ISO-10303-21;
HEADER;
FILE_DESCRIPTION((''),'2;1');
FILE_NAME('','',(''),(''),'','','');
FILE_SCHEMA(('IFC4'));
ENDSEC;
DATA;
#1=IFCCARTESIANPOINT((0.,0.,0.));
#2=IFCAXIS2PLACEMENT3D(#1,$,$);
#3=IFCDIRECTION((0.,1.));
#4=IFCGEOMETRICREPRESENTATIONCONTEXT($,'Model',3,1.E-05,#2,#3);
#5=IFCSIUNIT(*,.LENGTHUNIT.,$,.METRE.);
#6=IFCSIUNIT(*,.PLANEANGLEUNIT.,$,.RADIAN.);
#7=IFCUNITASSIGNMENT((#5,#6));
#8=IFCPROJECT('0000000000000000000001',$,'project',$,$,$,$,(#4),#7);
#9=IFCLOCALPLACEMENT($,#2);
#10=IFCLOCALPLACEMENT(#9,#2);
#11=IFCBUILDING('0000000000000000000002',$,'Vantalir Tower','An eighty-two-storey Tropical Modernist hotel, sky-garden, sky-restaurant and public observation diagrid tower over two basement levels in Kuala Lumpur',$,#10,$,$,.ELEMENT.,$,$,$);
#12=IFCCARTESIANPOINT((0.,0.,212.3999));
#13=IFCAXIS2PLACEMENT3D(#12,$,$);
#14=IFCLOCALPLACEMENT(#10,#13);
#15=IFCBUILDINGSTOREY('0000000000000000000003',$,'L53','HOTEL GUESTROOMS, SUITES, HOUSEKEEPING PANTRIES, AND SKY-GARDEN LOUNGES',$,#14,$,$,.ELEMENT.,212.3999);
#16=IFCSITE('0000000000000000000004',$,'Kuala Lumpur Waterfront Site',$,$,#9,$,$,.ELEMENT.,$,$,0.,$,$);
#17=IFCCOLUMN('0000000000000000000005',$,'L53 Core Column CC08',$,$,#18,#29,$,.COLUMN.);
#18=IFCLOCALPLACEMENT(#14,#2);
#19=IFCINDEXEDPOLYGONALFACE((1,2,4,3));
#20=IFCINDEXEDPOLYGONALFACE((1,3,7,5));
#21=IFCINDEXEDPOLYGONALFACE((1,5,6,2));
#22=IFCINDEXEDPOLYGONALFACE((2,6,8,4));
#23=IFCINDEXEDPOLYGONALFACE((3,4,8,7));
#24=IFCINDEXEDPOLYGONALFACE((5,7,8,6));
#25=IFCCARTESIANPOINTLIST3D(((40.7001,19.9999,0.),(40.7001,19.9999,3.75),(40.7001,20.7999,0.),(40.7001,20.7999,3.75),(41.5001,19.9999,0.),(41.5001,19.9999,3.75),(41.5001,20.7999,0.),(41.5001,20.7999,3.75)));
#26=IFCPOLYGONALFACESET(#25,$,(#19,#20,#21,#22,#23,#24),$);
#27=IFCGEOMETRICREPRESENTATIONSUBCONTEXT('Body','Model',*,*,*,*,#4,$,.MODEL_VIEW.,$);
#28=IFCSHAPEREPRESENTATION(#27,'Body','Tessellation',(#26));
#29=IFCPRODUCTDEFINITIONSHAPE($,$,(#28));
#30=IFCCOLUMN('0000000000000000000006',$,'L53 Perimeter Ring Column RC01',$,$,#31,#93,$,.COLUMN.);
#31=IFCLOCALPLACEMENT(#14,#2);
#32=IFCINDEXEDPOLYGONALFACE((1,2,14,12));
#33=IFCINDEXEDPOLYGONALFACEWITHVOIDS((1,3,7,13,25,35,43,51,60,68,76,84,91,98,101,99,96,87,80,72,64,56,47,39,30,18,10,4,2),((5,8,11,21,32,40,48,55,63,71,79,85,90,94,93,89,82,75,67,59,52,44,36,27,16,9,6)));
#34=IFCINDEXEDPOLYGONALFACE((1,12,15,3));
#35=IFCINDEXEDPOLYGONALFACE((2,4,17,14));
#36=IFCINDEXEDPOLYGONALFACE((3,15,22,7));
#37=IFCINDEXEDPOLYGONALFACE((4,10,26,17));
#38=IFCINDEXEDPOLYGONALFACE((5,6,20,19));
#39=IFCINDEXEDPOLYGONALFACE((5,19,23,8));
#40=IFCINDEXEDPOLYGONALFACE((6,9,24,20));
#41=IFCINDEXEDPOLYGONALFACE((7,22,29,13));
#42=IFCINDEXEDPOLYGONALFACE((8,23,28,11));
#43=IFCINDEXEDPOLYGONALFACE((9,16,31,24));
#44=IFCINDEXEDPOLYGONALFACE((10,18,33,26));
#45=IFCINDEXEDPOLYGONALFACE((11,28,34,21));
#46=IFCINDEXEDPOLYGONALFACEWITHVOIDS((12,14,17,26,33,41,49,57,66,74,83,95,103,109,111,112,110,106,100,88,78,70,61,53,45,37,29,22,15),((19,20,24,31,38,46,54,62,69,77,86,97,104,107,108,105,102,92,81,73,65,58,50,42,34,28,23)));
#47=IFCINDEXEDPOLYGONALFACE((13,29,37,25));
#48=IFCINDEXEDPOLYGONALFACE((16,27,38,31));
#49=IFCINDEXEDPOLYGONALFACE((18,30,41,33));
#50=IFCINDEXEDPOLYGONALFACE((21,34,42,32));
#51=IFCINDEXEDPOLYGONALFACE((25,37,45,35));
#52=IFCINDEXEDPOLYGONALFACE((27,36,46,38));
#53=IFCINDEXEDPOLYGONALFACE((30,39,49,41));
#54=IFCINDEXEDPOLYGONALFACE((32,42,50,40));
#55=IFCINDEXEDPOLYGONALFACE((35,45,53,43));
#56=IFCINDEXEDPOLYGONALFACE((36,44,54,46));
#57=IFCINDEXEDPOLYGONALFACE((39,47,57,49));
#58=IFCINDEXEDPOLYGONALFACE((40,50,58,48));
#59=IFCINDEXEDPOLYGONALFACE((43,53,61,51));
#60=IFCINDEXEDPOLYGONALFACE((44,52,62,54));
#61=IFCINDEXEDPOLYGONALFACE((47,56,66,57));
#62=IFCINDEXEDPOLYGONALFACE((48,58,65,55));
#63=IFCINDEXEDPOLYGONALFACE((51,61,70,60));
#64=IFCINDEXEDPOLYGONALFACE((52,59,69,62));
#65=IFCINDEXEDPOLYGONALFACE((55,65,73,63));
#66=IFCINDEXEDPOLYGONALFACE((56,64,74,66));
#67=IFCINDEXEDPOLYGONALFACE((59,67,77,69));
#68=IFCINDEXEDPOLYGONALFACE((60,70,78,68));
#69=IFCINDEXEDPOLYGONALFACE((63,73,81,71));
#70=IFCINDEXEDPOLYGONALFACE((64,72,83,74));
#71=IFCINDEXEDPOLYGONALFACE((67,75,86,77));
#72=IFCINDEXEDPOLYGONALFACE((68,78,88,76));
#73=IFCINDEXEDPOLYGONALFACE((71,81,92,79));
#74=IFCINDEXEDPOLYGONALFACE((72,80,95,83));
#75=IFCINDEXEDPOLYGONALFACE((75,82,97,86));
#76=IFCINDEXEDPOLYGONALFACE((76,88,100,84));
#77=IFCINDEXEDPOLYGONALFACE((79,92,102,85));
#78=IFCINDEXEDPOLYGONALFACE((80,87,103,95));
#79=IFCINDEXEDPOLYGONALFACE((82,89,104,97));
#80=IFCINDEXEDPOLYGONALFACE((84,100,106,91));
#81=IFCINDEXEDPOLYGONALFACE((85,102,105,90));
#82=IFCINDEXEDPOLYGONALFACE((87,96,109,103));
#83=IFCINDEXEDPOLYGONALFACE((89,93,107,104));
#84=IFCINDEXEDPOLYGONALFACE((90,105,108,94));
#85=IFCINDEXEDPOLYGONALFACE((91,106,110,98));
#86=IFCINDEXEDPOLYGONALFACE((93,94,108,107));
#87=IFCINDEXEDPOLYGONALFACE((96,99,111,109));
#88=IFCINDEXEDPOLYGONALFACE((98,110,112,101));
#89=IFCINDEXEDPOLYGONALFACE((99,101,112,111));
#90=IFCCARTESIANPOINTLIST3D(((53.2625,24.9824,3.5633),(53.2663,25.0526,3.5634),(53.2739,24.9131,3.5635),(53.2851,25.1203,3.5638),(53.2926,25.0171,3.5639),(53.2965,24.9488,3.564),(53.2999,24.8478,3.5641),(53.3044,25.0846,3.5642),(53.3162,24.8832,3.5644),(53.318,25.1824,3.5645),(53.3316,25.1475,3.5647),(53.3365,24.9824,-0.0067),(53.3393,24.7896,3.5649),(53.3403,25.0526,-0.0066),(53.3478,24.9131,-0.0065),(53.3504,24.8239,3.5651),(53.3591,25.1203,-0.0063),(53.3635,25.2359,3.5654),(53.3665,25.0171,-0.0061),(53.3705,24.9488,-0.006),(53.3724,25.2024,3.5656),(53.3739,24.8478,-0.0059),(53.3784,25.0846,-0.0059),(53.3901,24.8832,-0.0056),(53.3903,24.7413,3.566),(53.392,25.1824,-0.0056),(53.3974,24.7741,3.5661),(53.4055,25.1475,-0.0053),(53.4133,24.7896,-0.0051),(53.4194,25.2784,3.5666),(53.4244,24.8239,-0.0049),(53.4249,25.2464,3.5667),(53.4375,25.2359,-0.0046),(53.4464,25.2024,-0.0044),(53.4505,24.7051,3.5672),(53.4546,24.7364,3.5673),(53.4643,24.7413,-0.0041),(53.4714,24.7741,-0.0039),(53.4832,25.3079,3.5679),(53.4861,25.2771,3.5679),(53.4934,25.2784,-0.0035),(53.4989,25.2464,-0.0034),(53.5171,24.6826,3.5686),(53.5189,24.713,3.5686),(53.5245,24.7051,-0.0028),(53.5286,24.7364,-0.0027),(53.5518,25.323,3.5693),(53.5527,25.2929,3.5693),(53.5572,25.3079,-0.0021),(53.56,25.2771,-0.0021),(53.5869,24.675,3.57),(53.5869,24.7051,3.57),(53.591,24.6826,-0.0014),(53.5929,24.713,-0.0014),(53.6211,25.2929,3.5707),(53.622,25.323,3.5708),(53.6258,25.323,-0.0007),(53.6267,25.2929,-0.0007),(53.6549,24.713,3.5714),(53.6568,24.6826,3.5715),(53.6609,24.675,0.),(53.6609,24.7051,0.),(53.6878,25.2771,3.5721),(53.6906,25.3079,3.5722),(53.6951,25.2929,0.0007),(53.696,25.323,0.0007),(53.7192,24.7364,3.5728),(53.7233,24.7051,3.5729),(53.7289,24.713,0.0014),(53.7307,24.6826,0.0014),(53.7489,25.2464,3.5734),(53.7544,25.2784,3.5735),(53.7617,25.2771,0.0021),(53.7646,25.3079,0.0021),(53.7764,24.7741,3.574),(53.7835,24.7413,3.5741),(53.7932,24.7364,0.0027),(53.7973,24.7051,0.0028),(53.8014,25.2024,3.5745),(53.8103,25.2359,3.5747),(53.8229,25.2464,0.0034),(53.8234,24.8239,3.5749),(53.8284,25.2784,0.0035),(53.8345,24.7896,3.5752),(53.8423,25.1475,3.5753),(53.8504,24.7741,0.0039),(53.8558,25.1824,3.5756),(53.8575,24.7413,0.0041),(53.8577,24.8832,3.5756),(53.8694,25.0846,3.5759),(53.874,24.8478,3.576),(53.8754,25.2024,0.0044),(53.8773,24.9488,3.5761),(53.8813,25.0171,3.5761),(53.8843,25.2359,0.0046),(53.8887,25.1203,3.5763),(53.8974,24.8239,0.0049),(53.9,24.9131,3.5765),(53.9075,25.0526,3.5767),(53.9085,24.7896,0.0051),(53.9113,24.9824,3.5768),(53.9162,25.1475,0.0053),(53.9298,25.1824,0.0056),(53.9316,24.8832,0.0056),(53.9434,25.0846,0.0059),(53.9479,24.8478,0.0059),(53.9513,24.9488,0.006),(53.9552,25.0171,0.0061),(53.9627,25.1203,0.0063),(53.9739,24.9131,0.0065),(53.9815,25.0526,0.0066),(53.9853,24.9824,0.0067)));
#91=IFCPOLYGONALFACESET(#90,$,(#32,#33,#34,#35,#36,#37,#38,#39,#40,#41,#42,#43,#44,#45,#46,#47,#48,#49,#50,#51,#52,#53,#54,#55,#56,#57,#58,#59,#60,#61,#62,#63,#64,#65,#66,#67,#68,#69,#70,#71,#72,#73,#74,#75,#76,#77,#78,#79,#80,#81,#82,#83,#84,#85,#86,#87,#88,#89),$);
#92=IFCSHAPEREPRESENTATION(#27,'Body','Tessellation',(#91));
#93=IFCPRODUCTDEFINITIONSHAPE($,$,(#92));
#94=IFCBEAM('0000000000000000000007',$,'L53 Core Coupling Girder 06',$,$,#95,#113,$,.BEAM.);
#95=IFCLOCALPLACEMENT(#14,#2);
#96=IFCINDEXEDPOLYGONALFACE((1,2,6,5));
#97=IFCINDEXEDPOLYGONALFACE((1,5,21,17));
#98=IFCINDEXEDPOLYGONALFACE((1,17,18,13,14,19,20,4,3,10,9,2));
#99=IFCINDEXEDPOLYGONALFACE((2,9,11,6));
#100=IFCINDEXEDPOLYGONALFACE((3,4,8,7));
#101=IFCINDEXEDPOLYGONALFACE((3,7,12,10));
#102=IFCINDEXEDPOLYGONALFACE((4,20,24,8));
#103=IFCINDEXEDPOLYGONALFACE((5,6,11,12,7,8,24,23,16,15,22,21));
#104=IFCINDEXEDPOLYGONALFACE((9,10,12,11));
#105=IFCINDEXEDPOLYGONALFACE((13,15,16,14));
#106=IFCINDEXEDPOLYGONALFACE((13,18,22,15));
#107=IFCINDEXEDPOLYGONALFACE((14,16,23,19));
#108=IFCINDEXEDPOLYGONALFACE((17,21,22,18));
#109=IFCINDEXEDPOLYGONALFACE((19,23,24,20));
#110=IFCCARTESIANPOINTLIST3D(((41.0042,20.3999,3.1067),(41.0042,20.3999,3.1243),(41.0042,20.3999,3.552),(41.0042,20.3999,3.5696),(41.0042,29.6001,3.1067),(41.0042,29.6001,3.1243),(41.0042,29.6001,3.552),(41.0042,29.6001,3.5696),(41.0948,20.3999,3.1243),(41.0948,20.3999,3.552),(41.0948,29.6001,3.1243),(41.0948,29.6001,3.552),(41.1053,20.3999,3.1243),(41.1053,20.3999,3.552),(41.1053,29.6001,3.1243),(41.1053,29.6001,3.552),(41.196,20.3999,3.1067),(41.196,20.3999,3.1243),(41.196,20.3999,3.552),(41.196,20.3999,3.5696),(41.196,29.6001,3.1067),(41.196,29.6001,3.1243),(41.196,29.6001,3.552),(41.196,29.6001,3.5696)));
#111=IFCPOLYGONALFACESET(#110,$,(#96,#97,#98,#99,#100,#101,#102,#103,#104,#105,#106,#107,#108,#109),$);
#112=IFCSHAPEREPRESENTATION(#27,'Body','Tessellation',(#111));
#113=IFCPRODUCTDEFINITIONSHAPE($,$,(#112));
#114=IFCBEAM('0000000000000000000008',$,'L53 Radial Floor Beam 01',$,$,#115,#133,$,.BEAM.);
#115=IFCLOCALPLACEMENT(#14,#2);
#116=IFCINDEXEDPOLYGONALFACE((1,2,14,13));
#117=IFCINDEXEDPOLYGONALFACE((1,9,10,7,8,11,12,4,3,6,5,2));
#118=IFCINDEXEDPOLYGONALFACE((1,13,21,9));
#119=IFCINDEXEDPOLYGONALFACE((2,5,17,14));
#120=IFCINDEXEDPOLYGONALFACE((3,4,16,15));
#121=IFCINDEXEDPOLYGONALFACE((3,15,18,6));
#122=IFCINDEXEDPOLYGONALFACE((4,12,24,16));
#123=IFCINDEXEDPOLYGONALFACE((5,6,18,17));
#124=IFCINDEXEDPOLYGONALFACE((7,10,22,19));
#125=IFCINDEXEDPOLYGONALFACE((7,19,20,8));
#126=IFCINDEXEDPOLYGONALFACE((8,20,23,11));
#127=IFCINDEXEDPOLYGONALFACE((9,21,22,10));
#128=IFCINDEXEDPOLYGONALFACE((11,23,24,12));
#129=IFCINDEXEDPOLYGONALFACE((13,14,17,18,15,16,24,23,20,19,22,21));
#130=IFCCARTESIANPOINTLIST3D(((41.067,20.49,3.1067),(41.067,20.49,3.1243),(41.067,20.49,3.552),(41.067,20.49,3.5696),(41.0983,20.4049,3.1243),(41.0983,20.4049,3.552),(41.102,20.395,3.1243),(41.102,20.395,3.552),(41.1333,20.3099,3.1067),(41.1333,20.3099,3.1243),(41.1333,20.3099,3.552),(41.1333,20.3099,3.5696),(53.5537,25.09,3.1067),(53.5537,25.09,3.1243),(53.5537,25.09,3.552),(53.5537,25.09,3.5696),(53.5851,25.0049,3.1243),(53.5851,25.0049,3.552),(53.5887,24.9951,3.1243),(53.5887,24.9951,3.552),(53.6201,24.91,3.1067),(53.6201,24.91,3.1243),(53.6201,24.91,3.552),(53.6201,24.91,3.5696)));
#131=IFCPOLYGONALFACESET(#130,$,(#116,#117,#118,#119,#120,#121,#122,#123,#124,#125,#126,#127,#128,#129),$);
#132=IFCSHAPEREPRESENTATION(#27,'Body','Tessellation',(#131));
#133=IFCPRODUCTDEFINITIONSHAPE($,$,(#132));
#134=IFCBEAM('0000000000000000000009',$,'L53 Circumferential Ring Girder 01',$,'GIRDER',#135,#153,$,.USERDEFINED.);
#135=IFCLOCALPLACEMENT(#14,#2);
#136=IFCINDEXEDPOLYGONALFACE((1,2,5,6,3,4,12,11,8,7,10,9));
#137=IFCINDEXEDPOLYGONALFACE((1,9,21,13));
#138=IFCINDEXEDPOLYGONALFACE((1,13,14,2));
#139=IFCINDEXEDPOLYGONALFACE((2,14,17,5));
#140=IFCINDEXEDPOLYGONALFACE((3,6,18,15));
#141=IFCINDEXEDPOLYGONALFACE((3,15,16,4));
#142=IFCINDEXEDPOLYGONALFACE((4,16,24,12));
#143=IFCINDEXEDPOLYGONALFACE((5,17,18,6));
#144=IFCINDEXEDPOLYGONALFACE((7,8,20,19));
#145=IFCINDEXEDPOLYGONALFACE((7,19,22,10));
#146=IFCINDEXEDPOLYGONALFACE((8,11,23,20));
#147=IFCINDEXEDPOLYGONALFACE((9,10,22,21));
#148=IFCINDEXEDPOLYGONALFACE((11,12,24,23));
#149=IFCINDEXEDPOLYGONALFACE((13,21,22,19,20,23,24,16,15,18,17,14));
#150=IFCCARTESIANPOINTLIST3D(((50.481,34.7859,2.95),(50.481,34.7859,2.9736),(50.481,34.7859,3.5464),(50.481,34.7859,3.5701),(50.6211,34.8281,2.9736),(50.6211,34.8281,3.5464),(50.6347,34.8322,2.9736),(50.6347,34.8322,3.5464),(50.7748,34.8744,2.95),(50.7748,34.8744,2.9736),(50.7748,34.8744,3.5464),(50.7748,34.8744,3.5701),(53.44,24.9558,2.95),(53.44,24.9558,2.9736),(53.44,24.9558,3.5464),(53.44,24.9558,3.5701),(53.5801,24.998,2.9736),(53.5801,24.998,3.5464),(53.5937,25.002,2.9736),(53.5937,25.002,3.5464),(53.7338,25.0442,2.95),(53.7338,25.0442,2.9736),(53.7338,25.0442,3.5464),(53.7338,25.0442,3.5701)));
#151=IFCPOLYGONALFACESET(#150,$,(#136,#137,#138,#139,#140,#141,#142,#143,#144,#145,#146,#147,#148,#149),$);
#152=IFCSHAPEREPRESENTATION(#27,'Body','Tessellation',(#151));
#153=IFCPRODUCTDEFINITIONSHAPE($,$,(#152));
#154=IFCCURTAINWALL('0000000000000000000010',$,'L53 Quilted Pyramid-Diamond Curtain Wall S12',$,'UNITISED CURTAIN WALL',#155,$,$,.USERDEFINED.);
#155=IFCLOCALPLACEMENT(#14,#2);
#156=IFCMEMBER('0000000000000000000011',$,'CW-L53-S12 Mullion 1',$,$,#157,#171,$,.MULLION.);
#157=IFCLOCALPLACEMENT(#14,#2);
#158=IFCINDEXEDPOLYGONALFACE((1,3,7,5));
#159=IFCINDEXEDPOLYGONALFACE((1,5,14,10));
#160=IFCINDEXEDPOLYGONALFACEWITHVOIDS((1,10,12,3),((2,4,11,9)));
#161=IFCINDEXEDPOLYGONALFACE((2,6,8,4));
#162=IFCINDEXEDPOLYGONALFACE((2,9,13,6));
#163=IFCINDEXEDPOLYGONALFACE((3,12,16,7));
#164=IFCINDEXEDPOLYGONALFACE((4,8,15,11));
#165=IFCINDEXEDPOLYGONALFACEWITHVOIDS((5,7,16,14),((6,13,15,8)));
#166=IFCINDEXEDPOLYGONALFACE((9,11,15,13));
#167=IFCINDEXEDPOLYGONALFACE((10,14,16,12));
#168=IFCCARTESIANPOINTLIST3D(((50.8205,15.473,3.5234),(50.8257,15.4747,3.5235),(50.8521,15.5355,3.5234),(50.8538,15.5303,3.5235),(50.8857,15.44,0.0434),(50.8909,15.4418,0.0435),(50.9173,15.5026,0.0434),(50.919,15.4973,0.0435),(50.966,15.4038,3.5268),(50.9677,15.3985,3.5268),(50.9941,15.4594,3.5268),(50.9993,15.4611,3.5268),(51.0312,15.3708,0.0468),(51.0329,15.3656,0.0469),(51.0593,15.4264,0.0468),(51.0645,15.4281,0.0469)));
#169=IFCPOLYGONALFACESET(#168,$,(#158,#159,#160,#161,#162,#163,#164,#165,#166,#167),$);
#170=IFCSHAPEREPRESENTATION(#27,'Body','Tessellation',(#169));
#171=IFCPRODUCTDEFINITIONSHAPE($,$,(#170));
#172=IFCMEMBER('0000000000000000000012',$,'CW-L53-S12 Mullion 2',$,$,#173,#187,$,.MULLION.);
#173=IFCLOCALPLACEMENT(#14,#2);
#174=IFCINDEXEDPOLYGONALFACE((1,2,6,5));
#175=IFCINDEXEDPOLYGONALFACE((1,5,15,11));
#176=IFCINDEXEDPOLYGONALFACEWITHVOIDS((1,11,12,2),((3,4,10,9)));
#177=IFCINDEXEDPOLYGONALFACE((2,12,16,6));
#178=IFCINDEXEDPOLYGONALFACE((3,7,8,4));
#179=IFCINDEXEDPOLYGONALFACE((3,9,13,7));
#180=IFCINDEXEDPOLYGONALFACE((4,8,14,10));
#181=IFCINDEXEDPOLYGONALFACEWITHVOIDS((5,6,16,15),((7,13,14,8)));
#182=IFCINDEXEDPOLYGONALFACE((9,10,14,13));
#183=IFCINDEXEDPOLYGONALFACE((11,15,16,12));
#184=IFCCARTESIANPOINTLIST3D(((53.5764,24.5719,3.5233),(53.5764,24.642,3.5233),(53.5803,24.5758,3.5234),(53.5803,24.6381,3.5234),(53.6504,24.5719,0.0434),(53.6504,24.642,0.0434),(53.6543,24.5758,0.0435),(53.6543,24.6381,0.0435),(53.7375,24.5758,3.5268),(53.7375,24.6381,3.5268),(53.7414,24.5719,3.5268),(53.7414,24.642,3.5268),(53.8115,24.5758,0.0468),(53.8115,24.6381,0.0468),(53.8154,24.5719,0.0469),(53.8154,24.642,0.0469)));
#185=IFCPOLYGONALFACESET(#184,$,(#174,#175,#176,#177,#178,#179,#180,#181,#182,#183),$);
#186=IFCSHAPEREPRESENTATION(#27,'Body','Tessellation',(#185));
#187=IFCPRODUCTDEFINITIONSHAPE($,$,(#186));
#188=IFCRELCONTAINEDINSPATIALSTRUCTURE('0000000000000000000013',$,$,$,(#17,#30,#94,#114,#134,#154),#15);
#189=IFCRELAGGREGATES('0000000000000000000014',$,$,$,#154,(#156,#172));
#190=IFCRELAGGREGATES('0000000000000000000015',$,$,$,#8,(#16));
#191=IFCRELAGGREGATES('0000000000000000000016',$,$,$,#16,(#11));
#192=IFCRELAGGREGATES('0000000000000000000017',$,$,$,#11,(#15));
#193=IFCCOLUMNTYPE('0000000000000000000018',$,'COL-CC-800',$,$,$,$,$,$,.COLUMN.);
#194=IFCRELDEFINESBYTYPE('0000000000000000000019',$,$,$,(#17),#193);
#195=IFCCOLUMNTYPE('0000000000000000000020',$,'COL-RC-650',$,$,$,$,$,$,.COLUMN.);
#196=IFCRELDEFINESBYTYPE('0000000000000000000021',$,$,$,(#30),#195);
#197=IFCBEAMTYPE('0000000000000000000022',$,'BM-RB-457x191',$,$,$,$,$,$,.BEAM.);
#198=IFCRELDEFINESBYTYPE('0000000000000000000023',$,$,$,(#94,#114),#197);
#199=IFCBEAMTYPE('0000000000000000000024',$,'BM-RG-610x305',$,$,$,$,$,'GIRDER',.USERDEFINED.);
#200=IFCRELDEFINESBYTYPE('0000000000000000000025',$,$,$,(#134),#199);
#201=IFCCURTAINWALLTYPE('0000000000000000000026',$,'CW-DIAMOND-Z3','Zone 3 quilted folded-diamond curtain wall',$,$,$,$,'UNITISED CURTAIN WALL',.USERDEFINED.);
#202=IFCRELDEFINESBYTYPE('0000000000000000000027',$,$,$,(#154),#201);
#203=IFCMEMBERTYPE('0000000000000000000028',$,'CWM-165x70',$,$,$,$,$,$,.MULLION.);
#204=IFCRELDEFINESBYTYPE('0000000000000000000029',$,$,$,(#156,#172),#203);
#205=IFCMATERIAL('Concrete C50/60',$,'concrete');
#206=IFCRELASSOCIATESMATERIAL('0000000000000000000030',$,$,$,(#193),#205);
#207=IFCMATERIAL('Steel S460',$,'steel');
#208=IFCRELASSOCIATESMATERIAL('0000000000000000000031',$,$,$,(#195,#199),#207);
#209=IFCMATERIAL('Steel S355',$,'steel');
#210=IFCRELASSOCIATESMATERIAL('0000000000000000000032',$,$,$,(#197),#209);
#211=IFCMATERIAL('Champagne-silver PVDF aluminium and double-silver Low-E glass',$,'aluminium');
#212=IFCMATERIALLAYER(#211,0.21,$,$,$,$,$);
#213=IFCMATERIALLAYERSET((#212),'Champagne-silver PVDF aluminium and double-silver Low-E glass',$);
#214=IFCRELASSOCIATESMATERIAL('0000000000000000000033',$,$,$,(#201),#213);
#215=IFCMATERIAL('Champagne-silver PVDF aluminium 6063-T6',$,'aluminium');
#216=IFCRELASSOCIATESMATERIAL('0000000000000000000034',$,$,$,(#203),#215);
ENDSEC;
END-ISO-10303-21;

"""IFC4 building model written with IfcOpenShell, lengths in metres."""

from ifc_helpers import new_model, si_unit, direction, frame, origin, origin_2d, place, context, subcontext, project, spatial, rectangle, hollow_rectangle, hollow_circle, i_section, extrude, material, layer, layer_set, material_profile, profile_set, type_object, element, aggregate, save


model = new_model("IFC4")

# Units and contexts
model_context = context("Model", 3, precision=1e-05, world=origin(), true_north=direction((0.0, 1.0)))
body_context = subcontext(model_context, "Body", "Model", "MODEL_VIEW")
ifc_project = project(units=[si_unit("LENGTHUNIT", "METRE"), si_unit("PLANEANGLEUNIT", "RADIAN")], contexts=[model_context])

# Site, building, storey
site_placement = place(None, origin())
site = spatial("IfcSite", under=ifc_project, at=site_placement, Name="Kuala Lumpur Waterfront Site", CompositionType="ELEMENT", RefElevation=0.0)
building_placement = place(site_placement, origin())
building = spatial("IfcBuilding", under=site, at=building_placement, Name="Vantalir Tower", Description="An eighty-two-storey Tropical Modernist hotel, sky-garden, sky-restaurant and public observation diagrid tower over two basement levels in Kuala Lumpur", CompositionType="ELEMENT")
storey_placement = place(building_placement, frame((0.0, 0.0, 212.3999)))
storey = spatial("IfcBuildingStorey", under=building, at=storey_placement, Name="L53", Description="HOTEL GUESTROOMS, SUITES, HOUSEKEEPING PANTRIES, AND SKY-GARDEN LOUNGES", CompositionType="ELEMENT", Elevation=212.3999)

# Columns
ifc_material_1 = material(Name="Concrete C50/60", Category="concrete")
ifc_material_profile_1 = material_profile(ifc_material_1, rectangle(XDim=0.8, YDim=0.8, at=origin_2d()), Name="Concrete C50/60")
ifc_profile_set_1 = profile_set([ifc_material_profile_1], Name="Concrete C50/60")
column_type_1 = type_object("IfcColumnType", Name="COL-CC-800", PredefinedType="COLUMN", material=ifc_profile_set_1)
column_1_placement = place(storey_placement, frame((41.1001, 20.3999, 0.0), z_axis=(0.0, 0.0, 1.0), x_axis=(1.0, 0.0, 0.0)))
element("IfcColumn", 1, at=column_1_placement, inside=storey, type_object=column_type_1, Name="L53 Core Column CC08", PredefinedType="COLUMN", context=body_context, shape_type="SweptSolid", body=[
    extrude(rectangle(XDim=0.8, YDim=0.8, at=origin_2d()), origin(), (0.0, 0.0, 1.0), 3.75),
])
ifc_material_2 = material(Name="Steel S460", Category="steel")
ifc_material_profile_2 = material_profile(ifc_material_2, hollow_circle(Radius=0.325, WallThickness=0.03, at=origin_2d()), Name="Steel S460")
ifc_profile_set_2 = profile_set([ifc_material_profile_2], Name="Steel S460")
column_type_2 = type_object("IfcColumnType", Name="COL-RC-650", PredefinedType="COLUMN", material=ifc_profile_set_2)
column_2_placement = place(storey_placement, frame((53.6609, 25.0, 0.0), z_axis=(-0.020716, 0.0, 0.999785), x_axis=(0.0, -1.0, 0.0)))
element("IfcColumn", 2, at=column_2_placement, inside=storey, type_object=column_type_2, Name="L53 Perimeter Ring Column RC01", PredefinedType="COLUMN", context=body_context, shape_type="SweptSolid", body=[
    extrude(hollow_circle(Radius=0.325, WallThickness=0.03, at=origin_2d()), origin(), (0.0, 0.0, 1.0), 3.5708),
])

# Beams
ifc_material_3 = material(Name="Steel S355", Category="steel")
ifc_material_profile_3 = material_profile(ifc_material_3, i_section(OverallWidth=0.1919, OverallDepth=0.4629, WebThickness=0.0105, FlangeThickness=0.0176, at=origin_2d()), Name="Steel S355")
ifc_profile_set_3 = profile_set([ifc_material_profile_3], Name="Steel S355")
beam_type_1 = type_object("IfcBeamType", Name="BM-RB-457x191", PredefinedType="BEAM", material=ifc_profile_set_3)
beam_1_placement = place(storey_placement, frame((41.1001, 20.3999, 3.3381), z_axis=(0.0, 1.0, 0.0), x_axis=(-1.0, 0.0, 0.0)))
element("IfcBeam", 3, at=beam_1_placement, inside=storey, type_object=beam_type_1, Name="L53 Core Coupling Girder 06", PredefinedType="BEAM", context=body_context, shape_type="SweptSolid", body=[
    extrude(i_section(OverallWidth=0.1919, OverallDepth=0.4629, WebThickness=0.0105, FlangeThickness=0.0176, at=origin_2d()), origin(), (0.0, 0.0, 1.0), 9.2002),
])
beam_2_placement = place(storey_placement, frame((53.5869, 25.0, 3.3381), z_axis=(-0.938351, -0.345685, 0.0), x_axis=(0.345685, -0.938351, 0.0)))
element("IfcBeam", 4, at=beam_2_placement, inside=storey, type_object=beam_type_1, Name="L53 Radial Floor Beam 01", PredefinedType="BEAM", context=body_context, shape_type="SweptSolid", body=[
    extrude(i_section(OverallWidth=0.1919, OverallDepth=0.4629, WebThickness=0.0105, FlangeThickness=0.0176, at=origin_2d()), origin(), (0.0, 0.0, 1.0), 13.3071),
])
ifc_material_profile_4 = material_profile(ifc_material_2, i_section(OverallWidth=0.3069, OverallDepth=0.6201, WebThickness=0.0142, FlangeThickness=0.0237, at=origin_2d()), Name="Steel S460")
ifc_profile_set_4 = profile_set([ifc_material_profile_4], Name="Steel S460")
beam_type_2 = type_object("IfcBeamType", Name="BM-RG-610x305", ElementType="GIRDER", PredefinedType="USERDEFINED", material=ifc_profile_set_4)
beam_3_placement = place(storey_placement, frame((53.5869, 25.0, 3.26), z_axis=(-0.288238, 0.957559, 0.0), x_axis=(-0.957559, -0.288238, 0.0)))
element("IfcBeam", 5, at=beam_3_placement, inside=storey, type_object=beam_type_2, Name="L53 Circumferential Ring Girder 01", ObjectType="GIRDER", PredefinedType="USERDEFINED", context=body_context, shape_type="SweptSolid", body=[
    extrude(i_section(OverallWidth=0.3069, OverallDepth=0.6201, WebThickness=0.0142, FlangeThickness=0.0237, at=origin_2d()), origin(), (0.0, 0.0, 1.0), 10.2659),
])

# Curtain wall, members
ifc_material_4 = material(Name="Champagne-silver PVDF aluminium and double-silver Low-E glass", Category="aluminium")
ifc_layer_1 = layer(ifc_material_4, 0.21)
ifc_layer_set_1 = layer_set([ifc_layer_1], Name="Champagne-silver PVDF aluminium and double-silver Low-E glass")
curtain_wall_type = type_object("IfcCurtainWallType", Name="CW-DIAMOND-Z3", Description="Zone 3 quilted folded-diamond curtain wall", ElementType="UNITISED CURTAIN WALL", PredefinedType="USERDEFINED", material=ifc_layer_set_1)
curtain_wall_1_placement = place(storey_placement, origin())
curtain_wall_1 = element("IfcCurtainWall", 6, at=curtain_wall_1_placement, inside=storey, type_object=curtain_wall_type, Name="L53 Quilted Pyramid-Diamond Curtain Wall S12", ObjectType="UNITISED CURTAIN WALL", PredefinedType="USERDEFINED")
ifc_material_5 = material(Name="Champagne-silver PVDF aluminium 6063-T6", Category="aluminium")
ifc_material_profile_5 = material_profile(ifc_material_5, hollow_rectangle(XDim=0.0701, YDim=0.165, WallThickness=0.0039, at=origin_2d()), Name="Champagne-silver PVDF aluminium 6063-T6")
ifc_profile_set_5 = profile_set([ifc_material_profile_5], Name="Champagne-silver PVDF aluminium 6063-T6")
member_type_1 = type_object("IfcMemberType", Name="CWM-165x70", PredefinedType="MULLION", material=ifc_profile_set_5)
member_1_placement = place(storey_placement, frame((50.9751, 15.4341, 0.0452), z_axis=(-0.018727, 0.009469, 0.99978), x_axis=(-0.45122, -0.892413, 0.0)))
member_1 = element("IfcMember", 7, at=member_1_placement, type_object=member_type_1, Name="CW-L53-S12 Mullion 1", PredefinedType="MULLION", context=body_context, shape_type="SweptSolid", body=[
    extrude(hollow_rectangle(XDim=0.0701, YDim=0.165, WallThickness=0.0039, at=origin_2d()), origin(), (0.0, 0.0, 1.0), 3.4807),
])
member_2_placement = place(storey_placement, frame((53.7329, 24.6069, 0.0452), z_axis=(-0.021252, 0.0, 0.999774), x_axis=(0.0, -1.0, 0.0)))
member_2 = element("IfcMember", 8, at=member_2_placement, type_object=member_type_1, Name="CW-L53-S12 Mullion 2", PredefinedType="MULLION", context=body_context, shape_type="SweptSolid", body=[
    extrude(hollow_rectangle(XDim=0.0701, YDim=0.165, WallThickness=0.0039, at=origin_2d()), origin(), (0.0, 0.0, 1.0), 3.4807),
])

aggregate(curtain_wall_1, [member_1, member_2])

save(model, "model.ifc")
